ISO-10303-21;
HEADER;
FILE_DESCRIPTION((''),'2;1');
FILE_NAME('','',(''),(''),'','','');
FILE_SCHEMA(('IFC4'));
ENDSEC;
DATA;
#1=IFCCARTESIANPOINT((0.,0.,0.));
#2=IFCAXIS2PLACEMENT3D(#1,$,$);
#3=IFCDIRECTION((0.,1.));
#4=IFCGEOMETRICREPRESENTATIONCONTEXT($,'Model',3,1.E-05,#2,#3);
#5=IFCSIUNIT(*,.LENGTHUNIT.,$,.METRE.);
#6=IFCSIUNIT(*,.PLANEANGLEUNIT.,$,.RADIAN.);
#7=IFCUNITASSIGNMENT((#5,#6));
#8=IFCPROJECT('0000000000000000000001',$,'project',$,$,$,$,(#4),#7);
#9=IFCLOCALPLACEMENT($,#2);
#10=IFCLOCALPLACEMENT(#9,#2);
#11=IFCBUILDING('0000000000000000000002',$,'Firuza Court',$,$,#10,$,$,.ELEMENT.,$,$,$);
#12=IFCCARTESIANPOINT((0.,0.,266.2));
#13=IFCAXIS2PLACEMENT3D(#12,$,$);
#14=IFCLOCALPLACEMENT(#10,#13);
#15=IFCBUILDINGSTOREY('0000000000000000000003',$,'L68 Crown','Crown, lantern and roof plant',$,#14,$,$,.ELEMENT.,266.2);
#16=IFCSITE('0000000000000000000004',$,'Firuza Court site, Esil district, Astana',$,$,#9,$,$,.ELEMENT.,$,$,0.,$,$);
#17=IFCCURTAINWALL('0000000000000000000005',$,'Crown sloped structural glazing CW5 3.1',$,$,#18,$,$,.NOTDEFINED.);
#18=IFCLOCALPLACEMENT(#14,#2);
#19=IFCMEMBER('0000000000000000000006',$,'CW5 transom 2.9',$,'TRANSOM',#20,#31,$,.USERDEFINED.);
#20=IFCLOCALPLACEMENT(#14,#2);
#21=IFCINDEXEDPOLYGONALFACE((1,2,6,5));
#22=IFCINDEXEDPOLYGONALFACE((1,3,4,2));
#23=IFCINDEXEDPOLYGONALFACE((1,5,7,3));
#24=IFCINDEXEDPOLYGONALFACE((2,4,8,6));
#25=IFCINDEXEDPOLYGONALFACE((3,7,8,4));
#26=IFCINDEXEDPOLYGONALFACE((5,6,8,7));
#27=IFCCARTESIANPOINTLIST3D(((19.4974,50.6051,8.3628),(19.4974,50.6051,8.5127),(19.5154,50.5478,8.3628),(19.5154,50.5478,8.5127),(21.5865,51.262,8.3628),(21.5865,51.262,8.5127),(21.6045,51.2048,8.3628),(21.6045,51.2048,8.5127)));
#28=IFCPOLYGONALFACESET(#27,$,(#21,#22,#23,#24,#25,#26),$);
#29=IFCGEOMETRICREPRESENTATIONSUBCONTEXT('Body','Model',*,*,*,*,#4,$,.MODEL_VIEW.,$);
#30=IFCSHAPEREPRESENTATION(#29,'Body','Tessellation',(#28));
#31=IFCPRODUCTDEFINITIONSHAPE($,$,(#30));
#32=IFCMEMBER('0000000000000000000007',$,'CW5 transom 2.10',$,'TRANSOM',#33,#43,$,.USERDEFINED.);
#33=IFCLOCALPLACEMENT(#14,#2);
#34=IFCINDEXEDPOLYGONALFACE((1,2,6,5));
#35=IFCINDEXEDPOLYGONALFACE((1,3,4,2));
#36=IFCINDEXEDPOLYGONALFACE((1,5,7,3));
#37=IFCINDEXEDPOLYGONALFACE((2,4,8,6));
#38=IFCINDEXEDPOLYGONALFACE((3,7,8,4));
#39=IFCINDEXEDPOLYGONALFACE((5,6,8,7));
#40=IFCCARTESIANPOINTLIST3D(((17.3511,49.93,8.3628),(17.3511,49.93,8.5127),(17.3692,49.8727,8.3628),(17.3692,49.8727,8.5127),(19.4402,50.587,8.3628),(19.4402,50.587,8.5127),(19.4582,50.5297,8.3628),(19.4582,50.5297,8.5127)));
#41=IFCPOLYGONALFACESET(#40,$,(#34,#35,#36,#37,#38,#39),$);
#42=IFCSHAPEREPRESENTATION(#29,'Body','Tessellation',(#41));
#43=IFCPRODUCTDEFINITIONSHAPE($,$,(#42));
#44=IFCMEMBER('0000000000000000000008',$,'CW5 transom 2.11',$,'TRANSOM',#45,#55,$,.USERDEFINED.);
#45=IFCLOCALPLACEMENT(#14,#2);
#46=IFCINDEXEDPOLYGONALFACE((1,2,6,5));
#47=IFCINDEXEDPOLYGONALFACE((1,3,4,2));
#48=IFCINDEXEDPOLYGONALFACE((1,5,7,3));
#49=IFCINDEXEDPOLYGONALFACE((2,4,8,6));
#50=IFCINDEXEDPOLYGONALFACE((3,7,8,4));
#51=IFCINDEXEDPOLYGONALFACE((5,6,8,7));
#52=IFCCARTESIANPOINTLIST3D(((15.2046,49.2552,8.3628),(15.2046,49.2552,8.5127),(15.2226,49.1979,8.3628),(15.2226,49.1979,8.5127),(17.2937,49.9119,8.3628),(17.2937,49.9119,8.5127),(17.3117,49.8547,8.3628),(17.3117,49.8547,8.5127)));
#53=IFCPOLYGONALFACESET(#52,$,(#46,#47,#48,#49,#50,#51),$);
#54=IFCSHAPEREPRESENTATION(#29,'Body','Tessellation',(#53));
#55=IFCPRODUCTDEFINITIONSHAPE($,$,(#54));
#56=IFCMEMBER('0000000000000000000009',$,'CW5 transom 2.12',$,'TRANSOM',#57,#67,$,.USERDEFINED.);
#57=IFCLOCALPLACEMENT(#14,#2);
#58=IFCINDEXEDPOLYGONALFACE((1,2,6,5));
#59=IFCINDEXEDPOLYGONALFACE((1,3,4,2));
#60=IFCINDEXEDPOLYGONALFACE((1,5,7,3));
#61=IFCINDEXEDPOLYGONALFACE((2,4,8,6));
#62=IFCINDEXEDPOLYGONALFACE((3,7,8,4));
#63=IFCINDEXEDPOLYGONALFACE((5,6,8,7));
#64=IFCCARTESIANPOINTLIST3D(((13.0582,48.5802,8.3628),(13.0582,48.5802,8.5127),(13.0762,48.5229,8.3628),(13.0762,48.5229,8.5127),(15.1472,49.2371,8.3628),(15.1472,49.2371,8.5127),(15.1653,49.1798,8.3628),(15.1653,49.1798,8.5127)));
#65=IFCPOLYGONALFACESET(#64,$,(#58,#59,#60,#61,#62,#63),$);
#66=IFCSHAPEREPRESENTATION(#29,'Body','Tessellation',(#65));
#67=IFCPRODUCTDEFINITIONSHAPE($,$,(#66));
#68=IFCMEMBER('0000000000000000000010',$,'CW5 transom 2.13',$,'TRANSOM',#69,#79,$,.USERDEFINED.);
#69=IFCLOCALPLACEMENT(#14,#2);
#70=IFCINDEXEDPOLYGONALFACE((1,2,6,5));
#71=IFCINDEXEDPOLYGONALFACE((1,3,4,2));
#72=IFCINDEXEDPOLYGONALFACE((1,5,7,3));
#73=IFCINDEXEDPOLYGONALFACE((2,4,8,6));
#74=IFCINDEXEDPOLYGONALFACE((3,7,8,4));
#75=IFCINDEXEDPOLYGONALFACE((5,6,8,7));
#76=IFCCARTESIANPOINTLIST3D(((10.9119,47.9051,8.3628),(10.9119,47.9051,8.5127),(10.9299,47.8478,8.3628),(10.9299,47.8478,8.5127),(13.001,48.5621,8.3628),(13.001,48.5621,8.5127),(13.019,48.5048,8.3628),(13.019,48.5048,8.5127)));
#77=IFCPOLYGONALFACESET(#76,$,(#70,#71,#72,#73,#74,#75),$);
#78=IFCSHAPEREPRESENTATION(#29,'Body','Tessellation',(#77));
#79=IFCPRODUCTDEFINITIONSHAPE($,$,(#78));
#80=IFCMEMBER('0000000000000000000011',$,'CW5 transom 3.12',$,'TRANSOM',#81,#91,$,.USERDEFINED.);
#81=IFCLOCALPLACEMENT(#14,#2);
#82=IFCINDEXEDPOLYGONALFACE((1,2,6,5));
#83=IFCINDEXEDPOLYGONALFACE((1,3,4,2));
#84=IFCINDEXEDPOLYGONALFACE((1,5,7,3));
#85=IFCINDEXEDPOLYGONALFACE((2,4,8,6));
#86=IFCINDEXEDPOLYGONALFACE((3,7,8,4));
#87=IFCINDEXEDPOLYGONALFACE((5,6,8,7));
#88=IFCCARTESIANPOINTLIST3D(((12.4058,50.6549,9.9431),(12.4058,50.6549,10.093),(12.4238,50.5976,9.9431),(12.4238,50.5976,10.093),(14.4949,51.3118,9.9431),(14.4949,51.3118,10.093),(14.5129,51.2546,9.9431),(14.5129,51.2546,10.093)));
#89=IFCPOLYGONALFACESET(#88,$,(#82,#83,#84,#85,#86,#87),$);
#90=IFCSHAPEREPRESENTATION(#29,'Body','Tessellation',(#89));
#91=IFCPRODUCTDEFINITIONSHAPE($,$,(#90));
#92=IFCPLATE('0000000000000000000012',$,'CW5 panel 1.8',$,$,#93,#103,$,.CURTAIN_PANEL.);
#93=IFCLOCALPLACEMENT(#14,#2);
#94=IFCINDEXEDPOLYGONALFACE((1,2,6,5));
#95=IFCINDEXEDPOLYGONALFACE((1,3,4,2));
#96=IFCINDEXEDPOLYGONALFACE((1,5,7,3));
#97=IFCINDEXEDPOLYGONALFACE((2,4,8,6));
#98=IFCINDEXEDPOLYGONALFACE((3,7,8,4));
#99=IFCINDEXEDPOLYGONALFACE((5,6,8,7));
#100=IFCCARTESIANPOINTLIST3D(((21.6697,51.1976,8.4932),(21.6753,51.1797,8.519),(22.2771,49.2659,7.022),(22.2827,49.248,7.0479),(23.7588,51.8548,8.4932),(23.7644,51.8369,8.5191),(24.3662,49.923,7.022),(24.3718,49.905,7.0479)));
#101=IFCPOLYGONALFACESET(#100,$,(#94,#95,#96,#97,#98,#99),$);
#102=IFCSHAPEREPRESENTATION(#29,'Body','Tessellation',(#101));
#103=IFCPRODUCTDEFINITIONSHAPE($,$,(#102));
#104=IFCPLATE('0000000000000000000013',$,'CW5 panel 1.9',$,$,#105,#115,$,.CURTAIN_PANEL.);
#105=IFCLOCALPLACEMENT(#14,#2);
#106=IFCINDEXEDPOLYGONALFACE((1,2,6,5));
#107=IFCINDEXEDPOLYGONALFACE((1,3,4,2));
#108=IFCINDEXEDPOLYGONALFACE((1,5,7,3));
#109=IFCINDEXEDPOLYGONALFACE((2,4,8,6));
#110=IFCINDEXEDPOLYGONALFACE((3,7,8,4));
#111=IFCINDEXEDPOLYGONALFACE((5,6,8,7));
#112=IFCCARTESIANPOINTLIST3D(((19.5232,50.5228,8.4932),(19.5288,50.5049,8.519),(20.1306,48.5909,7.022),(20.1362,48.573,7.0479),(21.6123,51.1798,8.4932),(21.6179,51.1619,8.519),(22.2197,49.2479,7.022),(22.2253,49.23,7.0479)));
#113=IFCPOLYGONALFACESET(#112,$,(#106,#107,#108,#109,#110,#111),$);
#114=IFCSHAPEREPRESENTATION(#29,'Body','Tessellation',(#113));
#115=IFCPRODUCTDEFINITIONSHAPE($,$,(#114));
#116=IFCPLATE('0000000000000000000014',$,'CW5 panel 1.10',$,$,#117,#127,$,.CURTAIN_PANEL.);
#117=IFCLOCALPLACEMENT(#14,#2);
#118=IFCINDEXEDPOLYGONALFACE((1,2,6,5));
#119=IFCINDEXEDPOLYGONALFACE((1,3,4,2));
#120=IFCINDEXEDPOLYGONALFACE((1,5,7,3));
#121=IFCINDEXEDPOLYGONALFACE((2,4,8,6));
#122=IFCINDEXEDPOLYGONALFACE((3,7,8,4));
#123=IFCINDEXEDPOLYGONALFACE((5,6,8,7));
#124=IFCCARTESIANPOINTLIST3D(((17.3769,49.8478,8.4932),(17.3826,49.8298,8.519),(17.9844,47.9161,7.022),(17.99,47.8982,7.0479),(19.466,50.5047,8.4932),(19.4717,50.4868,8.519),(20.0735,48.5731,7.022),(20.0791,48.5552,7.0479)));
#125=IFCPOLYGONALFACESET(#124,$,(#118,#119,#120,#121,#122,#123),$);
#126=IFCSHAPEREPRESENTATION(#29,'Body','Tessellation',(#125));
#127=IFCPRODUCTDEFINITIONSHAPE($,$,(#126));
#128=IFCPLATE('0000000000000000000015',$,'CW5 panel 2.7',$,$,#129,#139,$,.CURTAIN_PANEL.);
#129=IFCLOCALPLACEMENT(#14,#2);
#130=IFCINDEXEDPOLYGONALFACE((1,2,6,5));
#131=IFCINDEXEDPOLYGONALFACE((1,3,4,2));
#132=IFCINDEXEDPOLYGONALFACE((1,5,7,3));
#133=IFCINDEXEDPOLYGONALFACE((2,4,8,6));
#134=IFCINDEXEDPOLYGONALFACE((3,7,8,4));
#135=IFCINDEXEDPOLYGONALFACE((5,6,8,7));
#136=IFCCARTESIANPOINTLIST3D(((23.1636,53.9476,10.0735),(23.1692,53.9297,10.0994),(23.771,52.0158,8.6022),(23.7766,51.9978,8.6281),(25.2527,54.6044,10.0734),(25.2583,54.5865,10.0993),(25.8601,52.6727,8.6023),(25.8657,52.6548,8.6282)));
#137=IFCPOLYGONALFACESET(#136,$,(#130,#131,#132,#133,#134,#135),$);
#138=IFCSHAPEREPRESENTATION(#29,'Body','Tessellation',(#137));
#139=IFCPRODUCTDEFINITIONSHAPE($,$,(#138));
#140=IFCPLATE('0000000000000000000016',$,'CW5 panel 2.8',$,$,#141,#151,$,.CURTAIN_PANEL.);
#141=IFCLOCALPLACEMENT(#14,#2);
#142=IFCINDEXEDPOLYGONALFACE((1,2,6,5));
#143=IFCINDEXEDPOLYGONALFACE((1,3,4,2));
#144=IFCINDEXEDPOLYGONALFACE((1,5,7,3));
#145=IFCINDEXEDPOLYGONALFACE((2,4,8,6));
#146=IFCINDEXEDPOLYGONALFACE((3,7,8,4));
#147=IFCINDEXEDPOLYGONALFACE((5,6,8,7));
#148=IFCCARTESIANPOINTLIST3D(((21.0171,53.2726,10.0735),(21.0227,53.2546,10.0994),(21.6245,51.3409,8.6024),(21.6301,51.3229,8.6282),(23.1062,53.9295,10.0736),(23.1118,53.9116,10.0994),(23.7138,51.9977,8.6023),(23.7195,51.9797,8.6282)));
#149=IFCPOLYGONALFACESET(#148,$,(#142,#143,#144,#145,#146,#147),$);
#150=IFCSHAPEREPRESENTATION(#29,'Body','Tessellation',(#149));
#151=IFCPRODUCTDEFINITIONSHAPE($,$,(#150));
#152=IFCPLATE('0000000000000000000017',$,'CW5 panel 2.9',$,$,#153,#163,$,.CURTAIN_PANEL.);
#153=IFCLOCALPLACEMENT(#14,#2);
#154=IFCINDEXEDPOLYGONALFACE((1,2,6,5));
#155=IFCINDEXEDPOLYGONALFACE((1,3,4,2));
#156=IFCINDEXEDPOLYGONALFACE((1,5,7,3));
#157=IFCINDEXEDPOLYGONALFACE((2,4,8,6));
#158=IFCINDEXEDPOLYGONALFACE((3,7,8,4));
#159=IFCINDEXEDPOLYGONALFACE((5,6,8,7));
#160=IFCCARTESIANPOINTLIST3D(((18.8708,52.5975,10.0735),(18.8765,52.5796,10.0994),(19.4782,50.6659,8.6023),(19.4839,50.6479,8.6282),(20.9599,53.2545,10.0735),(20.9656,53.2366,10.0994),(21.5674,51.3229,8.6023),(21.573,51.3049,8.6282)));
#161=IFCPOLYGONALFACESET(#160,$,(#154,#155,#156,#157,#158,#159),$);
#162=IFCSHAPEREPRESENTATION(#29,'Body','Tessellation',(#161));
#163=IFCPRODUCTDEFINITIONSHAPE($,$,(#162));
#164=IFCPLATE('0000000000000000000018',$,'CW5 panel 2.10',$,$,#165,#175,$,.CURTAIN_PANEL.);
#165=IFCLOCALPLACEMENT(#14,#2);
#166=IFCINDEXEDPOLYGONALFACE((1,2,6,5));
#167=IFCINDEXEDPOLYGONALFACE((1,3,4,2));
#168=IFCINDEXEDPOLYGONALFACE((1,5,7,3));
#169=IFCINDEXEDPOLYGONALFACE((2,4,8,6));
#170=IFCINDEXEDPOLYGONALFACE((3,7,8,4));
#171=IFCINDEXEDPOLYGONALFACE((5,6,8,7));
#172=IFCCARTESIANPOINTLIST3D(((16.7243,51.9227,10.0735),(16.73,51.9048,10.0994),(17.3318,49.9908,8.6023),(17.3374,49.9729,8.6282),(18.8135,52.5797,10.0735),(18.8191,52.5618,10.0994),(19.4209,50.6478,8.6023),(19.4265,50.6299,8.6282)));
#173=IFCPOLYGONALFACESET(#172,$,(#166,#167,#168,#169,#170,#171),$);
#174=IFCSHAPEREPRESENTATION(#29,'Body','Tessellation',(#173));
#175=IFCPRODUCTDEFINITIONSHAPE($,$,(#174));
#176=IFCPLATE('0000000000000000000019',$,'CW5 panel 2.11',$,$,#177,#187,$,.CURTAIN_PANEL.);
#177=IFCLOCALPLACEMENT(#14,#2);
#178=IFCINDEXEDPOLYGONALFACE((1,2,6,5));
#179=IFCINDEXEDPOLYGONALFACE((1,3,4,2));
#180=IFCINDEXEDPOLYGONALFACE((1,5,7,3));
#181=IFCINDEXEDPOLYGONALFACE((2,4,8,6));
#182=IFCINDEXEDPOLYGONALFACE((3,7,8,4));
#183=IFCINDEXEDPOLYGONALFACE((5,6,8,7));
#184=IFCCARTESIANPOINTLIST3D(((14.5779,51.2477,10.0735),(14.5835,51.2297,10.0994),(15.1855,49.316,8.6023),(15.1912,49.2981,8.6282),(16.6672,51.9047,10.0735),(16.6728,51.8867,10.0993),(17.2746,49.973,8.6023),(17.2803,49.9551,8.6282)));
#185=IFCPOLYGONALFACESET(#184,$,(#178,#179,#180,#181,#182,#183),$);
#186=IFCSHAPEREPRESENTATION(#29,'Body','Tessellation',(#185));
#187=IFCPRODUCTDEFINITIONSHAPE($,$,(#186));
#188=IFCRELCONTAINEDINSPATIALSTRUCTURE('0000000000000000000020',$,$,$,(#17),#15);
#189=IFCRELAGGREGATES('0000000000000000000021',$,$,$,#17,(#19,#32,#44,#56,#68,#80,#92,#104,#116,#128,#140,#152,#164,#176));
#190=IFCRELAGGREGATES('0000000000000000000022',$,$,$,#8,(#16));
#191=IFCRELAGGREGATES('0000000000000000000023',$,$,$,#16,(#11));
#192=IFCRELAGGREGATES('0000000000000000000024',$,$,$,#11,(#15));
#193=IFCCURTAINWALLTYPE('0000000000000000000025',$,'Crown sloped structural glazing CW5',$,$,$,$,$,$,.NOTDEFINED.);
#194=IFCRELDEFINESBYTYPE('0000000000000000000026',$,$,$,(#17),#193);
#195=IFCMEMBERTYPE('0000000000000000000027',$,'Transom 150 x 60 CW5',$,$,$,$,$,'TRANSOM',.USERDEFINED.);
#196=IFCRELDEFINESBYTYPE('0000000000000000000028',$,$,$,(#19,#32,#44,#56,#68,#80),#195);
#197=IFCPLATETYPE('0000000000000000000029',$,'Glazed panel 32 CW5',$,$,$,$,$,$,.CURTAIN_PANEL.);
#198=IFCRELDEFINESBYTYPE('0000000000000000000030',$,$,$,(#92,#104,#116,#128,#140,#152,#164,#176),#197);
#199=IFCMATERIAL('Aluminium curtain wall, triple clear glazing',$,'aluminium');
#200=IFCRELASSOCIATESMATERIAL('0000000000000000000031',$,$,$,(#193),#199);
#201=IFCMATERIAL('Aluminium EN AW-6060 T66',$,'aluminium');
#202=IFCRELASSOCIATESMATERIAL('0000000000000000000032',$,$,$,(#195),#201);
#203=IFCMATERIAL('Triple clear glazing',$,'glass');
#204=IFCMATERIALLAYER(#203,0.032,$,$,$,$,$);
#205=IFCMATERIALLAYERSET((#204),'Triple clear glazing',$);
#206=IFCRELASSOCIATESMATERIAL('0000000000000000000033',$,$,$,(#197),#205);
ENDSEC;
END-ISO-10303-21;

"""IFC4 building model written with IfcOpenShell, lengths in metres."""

from ifc_helpers import new_model, si_unit, direction, frame, origin, origin_2d, place, context, subcontext, project, spatial, polyline, rectangle, outline, extrude, material, layer, layer_set, material_profile, profile_set, type_object, element, aggregate, save


model = new_model("IFC4")

# Units and contexts
model_context = context("Model", 3, precision=1e-05, world=origin(), true_north=direction((0.0, 1.0)))
body_context = subcontext(model_context, "Body", "Model", "MODEL_VIEW")
ifc_project = project(units=[si_unit("LENGTHUNIT", "METRE"), si_unit("PLANEANGLEUNIT", "RADIAN")], contexts=[model_context])

# Site, building, storey
site_placement = place(None, origin())
site = spatial("IfcSite", under=ifc_project, at=site_placement, Name="Firuza Court site, Esil district, Astana", CompositionType="ELEMENT", RefElevation=0.0)
building_placement = place(site_placement, origin())
building = spatial("IfcBuilding", under=site, at=building_placement, Name="Firuza Court", CompositionType="ELEMENT")
storey_placement = place(building_placement, frame((0.0, 0.0, 266.2)))
storey = spatial("IfcBuildingStorey", under=building, at=storey_placement, Name="L68 Crown", Description="Crown, lantern and roof plant", CompositionType="ELEMENT", Elevation=266.2)

# Curtain wall
ifc_material_1 = material(Name="Aluminium curtain wall, triple clear glazing", Category="aluminium")
curtain_wall_type = type_object("IfcCurtainWallType", Name="Crown sloped structural glazing CW5", PredefinedType="NOTDEFINED", material=ifc_material_1)
curtain_wall_1_placement = place(storey_placement, origin())
curtain_wall_1 = element("IfcCurtainWall", 1, at=curtain_wall_1_placement, inside=storey, type_object=curtain_wall_type, Name="Crown sloped structural glazing CW5 3.1", PredefinedType="NOTDEFINED")
ifc_material_2 = material(Name="Aluminium EN AW-6060 T66", Category="aluminium")
ifc_material_profile_1 = material_profile(ifc_material_2, rectangle(XDim=0.0601, YDim=0.1499, at=origin_2d()), Name="Transom 150 x 60 CW5")
ifc_profile_set_1 = profile_set([ifc_material_profile_1], Name="Aluminium EN AW-6060 T66")
member_type_1 = type_object("IfcMemberType", Name="Transom 150 x 60 CW5", ElementType="TRANSOM", PredefinedType="USERDEFINED", material=ifc_profile_set_1)

# Members
member_1_placement = place(storey_placement, frame((21.5955, 51.2334, 8.4377), z_axis=(-0.953941, -0.299995, 0.0), x_axis=(0.299995, -0.953941, 0.0)))
member_1 = element("IfcMember", 2, at=member_1_placement, type_object=member_type_1, Name="CW5 transom 2.9", ObjectType="TRANSOM", PredefinedType="USERDEFINED", context=body_context, shape_type="SweptSolid", body=[
    extrude(rectangle(XDim=0.0601, YDim=0.1499, at=origin_2d()), origin(), (0.0, 0.0, 1.0), 2.1899),
])
member_2_placement = place(storey_placement, frame((19.4492, 50.5583, 8.4377), z_axis=(-0.953941, -0.299995, 0.0), x_axis=(0.299995, -0.953941, 0.0)))
member_2 = element("IfcMember", 3, at=member_2_placement, type_object=member_type_1, Name="CW5 transom 2.10", ObjectType="TRANSOM", PredefinedType="USERDEFINED", context=body_context, shape_type="SweptSolid", body=[
    extrude(rectangle(XDim=0.0601, YDim=0.1499, at=origin_2d()), origin(), (0.0, 0.0, 1.0), 2.1899),
])
member_3_placement = place(storey_placement, frame((17.3027, 49.8833, 8.4377), z_axis=(-0.953973, -0.299893, 0.0), x_axis=(0.299893, -0.953973, 0.0)))
member_3 = element("IfcMember", 4, at=member_3_placement, type_object=member_type_1, Name="CW5 transom 2.11", ObjectType="TRANSOM", PredefinedType="USERDEFINED", context=body_context, shape_type="SweptSolid", body=[
    extrude(rectangle(XDim=0.0601, YDim=0.1499, at=origin_2d()), origin(), (0.0, 0.0, 1.0), 2.1899),
])
member_4_placement = place(storey_placement, frame((15.1562, 49.2085, 8.4377), z_axis=(-0.953941, -0.299995, 0.0), x_axis=(0.299995, -0.953941, 0.0)))
member_4 = element("IfcMember", 5, at=member_4_placement, type_object=member_type_1, Name="CW5 transom 2.12", ObjectType="TRANSOM", PredefinedType="USERDEFINED", context=body_context, shape_type="SweptSolid", body=[
    extrude(rectangle(XDim=0.0601, YDim=0.1499, at=origin_2d()), origin(), (0.0, 0.0, 1.0), 2.1899),
])
member_5_placement = place(storey_placement, frame((13.01, 48.5334, 8.4377), z_axis=(-0.953941, -0.299995, 0.0), x_axis=(0.299995, -0.953941, 0.0)))
member_5 = element("IfcMember", 6, at=member_5_placement, type_object=member_type_1, Name="CW5 transom 2.13", ObjectType="TRANSOM", PredefinedType="USERDEFINED", context=body_context, shape_type="SweptSolid", body=[
    extrude(rectangle(XDim=0.0601, YDim=0.1499, at=origin_2d()), origin(), (0.0, 0.0, 1.0), 2.1899),
])
member_6_placement = place(storey_placement, frame((14.5039, 51.2832, 10.0181), z_axis=(-0.953941, -0.299995, 0.0), x_axis=(0.299995, -0.953941, 0.0)))
member_6 = element("IfcMember", 7, at=member_6_placement, type_object=member_type_1, Name="CW5 transom 3.12", ObjectType="TRANSOM", PredefinedType="USERDEFINED", context=body_context, shape_type="SweptSolid", body=[
    extrude(rectangle(XDim=0.0601, YDim=0.1499, at=origin_2d()), origin(), (0.0, 0.0, 1.0), 2.1899),
])

# Plates
ifc_material_3 = material(Name="Triple clear glazing", Category="glass")
ifc_layer_1 = layer(ifc_material_3, 0.032)
ifc_layer_set_1 = layer_set([ifc_layer_1], Name="Triple clear glazing")
plate_type = type_object("IfcPlateType", Name="Glazed panel 32 CW5", PredefinedType="CURTAIN_PANEL", material=ifc_layer_set_1)
plate_1_placement = place(storey_placement, frame((24.3718, 49.905, 7.0479), z_axis=(0.176357, -0.560687, 0.809029), x_axis=(-0.953935, -0.300012, 0.000025)))
plate_1 = element("IfcPlate", 8, at=plate_1_placement, type_object=plate_type, Name="CW5 panel 1.8", PredefinedType="CURTAIN_PANEL", context=body_context, shape_type="SweptSolid", body=[
    extrude(outline(polyline([(0.0, 0.0), (2.19, 0.0), (2.1899, -2.5029), (-0.0001, -2.5031), (0.0, 0.0)])), origin(), (0.0, 0.0, -1.0), 0.032),
])
plate_2_placement = place(storey_placement, frame((22.2253, 49.23, 7.0479), z_axis=(0.176321, -0.560675, 0.809045), x_axis=(-0.953941, -0.299995, 0.0)))
plate_2 = element("IfcPlate", 9, at=plate_2_placement, type_object=plate_type, Name="CW5 panel 1.9", PredefinedType="CURTAIN_PANEL", context=body_context, shape_type="SweptSolid", body=[
    extrude(outline(polyline([(0.0, 0.0), (2.19, 0.0), (2.1899, -2.5031), (-0.0001, -2.5031), (0.0, 0.0)])), origin(), (0.0, 0.0, -1.0), 0.032),
])
plate_3_placement = place(storey_placement, frame((20.0791, 48.5552, 7.0479), z_axis=(0.176334, -0.560717, 0.809013), x_axis=(-0.953941, -0.299995, 0.0)))
plate_3 = element("IfcPlate", 10, at=plate_3_placement, type_object=plate_type, Name="CW5 panel 1.10", PredefinedType="CURTAIN_PANEL", context=body_context, shape_type="SweptSolid", body=[
    extrude(outline(polyline([(0.0, 0.0), (2.19, 0.0), (2.1899, -2.5029), (0.0, -2.5029), (0.0, 0.0)])), origin(), (0.0, 0.0, -1.0), 0.032),
])
plate_4_placement = place(storey_placement, frame((25.8657, 52.6548, 8.6282), z_axis=(0.176298, -0.560706, 0.809029), x_axis=(-0.953946, -0.299977, -0.000025)))
plate_4 = element("IfcPlate", 11, at=plate_4_placement, type_object=plate_type, Name="CW5 panel 2.7", PredefinedType="CURTAIN_PANEL", context=body_context, shape_type="SweptSolid", body=[
    extrude(outline(polyline([(0.0, 0.0), (2.19, 0.0), (2.1899, -2.5031), (0.0, -2.5029), (0.0, 0.0)])), origin(), (0.0, 0.0, -1.0), 0.032),
])
plate_5_placement = place(storey_placement, frame((23.7195, 51.9797, 8.6282), z_axis=(0.176286, -0.560702, 0.809034), x_axis=(-0.953976, -0.299884, 0.000033)))
plate_5 = element("IfcPlate", 12, at=plate_5_placement, type_object=plate_type, Name="CW5 panel 2.8", PredefinedType="CURTAIN_PANEL", context=body_context, shape_type="SweptSolid", body=[
    extrude(outline(polyline([(0.0, 0.0), (2.1901, 0.0), (2.1904, -2.5029), (0.0004, -2.5032), (0.0, 0.0)])), origin(), (0.0, 0.0, -1.0), 0.032),
])
plate_6_placement = place(storey_placement, frame((21.573, 51.3049, 8.6282), z_axis=(0.176334, -0.560717, 0.809013), x_axis=(-0.953941, -0.299995, 0.0)))
plate_6 = element("IfcPlate", 13, at=plate_6_placement, type_object=plate_type, Name="CW5 panel 2.9", PredefinedType="CURTAIN_PANEL", context=body_context, shape_type="SweptSolid", body=[
    extrude(outline(polyline([(0.0, 0.0), (2.19, 0.0), (2.1899, -2.5029), (0.0, -2.5029), (0.0, 0.0)])), origin(), (0.0, 0.0, -1.0), 0.032),
])
plate_7_placement = place(storey_placement, frame((19.4265, 50.6299, 8.6282), z_axis=(0.176321, -0.560675, 0.809045), x_axis=(-0.953941, -0.299995, 0.0)))
plate_7 = element("IfcPlate", 14, at=plate_7_placement, type_object=plate_type, Name="CW5 panel 2.10", PredefinedType="CURTAIN_PANEL", context=body_context, shape_type="SweptSolid", body=[
    extrude(outline(polyline([(0.0, 0.0), (2.19, 0.0), (2.1899, -2.5031), (-0.0001, -2.5031), (0.0, 0.0)])), origin(), (0.0, 0.0, -1.0), 0.032),
])
plate_8_placement = place(storey_placement, frame((17.2803, 49.9551, 8.6282), z_axis=(0.176323, -0.560714, 0.809018), x_axis=(-0.953943, -0.299989, -0.000008)))
plate_8 = element("IfcPlate", 15, at=plate_8_placement, type_object=plate_type, Name="CW5 panel 2.11", PredefinedType="CURTAIN_PANEL", context=body_context, shape_type="SweptSolid", body=[
    extrude(outline(polyline([(0.0, 0.0), (2.19, 0.0), (2.1902, -2.503), (0.0, -2.5029), (0.0, 0.0)])), origin(), (0.0, 0.0, -1.0), 0.032),
])
aggregate(curtain_wall_1, [member_1, member_2, member_3, member_4, member_5, member_6, plate_1, plate_2, plate_3, plate_4, plate_5, plate_6, plate_7, plate_8])

save(model, "model.ifc")
